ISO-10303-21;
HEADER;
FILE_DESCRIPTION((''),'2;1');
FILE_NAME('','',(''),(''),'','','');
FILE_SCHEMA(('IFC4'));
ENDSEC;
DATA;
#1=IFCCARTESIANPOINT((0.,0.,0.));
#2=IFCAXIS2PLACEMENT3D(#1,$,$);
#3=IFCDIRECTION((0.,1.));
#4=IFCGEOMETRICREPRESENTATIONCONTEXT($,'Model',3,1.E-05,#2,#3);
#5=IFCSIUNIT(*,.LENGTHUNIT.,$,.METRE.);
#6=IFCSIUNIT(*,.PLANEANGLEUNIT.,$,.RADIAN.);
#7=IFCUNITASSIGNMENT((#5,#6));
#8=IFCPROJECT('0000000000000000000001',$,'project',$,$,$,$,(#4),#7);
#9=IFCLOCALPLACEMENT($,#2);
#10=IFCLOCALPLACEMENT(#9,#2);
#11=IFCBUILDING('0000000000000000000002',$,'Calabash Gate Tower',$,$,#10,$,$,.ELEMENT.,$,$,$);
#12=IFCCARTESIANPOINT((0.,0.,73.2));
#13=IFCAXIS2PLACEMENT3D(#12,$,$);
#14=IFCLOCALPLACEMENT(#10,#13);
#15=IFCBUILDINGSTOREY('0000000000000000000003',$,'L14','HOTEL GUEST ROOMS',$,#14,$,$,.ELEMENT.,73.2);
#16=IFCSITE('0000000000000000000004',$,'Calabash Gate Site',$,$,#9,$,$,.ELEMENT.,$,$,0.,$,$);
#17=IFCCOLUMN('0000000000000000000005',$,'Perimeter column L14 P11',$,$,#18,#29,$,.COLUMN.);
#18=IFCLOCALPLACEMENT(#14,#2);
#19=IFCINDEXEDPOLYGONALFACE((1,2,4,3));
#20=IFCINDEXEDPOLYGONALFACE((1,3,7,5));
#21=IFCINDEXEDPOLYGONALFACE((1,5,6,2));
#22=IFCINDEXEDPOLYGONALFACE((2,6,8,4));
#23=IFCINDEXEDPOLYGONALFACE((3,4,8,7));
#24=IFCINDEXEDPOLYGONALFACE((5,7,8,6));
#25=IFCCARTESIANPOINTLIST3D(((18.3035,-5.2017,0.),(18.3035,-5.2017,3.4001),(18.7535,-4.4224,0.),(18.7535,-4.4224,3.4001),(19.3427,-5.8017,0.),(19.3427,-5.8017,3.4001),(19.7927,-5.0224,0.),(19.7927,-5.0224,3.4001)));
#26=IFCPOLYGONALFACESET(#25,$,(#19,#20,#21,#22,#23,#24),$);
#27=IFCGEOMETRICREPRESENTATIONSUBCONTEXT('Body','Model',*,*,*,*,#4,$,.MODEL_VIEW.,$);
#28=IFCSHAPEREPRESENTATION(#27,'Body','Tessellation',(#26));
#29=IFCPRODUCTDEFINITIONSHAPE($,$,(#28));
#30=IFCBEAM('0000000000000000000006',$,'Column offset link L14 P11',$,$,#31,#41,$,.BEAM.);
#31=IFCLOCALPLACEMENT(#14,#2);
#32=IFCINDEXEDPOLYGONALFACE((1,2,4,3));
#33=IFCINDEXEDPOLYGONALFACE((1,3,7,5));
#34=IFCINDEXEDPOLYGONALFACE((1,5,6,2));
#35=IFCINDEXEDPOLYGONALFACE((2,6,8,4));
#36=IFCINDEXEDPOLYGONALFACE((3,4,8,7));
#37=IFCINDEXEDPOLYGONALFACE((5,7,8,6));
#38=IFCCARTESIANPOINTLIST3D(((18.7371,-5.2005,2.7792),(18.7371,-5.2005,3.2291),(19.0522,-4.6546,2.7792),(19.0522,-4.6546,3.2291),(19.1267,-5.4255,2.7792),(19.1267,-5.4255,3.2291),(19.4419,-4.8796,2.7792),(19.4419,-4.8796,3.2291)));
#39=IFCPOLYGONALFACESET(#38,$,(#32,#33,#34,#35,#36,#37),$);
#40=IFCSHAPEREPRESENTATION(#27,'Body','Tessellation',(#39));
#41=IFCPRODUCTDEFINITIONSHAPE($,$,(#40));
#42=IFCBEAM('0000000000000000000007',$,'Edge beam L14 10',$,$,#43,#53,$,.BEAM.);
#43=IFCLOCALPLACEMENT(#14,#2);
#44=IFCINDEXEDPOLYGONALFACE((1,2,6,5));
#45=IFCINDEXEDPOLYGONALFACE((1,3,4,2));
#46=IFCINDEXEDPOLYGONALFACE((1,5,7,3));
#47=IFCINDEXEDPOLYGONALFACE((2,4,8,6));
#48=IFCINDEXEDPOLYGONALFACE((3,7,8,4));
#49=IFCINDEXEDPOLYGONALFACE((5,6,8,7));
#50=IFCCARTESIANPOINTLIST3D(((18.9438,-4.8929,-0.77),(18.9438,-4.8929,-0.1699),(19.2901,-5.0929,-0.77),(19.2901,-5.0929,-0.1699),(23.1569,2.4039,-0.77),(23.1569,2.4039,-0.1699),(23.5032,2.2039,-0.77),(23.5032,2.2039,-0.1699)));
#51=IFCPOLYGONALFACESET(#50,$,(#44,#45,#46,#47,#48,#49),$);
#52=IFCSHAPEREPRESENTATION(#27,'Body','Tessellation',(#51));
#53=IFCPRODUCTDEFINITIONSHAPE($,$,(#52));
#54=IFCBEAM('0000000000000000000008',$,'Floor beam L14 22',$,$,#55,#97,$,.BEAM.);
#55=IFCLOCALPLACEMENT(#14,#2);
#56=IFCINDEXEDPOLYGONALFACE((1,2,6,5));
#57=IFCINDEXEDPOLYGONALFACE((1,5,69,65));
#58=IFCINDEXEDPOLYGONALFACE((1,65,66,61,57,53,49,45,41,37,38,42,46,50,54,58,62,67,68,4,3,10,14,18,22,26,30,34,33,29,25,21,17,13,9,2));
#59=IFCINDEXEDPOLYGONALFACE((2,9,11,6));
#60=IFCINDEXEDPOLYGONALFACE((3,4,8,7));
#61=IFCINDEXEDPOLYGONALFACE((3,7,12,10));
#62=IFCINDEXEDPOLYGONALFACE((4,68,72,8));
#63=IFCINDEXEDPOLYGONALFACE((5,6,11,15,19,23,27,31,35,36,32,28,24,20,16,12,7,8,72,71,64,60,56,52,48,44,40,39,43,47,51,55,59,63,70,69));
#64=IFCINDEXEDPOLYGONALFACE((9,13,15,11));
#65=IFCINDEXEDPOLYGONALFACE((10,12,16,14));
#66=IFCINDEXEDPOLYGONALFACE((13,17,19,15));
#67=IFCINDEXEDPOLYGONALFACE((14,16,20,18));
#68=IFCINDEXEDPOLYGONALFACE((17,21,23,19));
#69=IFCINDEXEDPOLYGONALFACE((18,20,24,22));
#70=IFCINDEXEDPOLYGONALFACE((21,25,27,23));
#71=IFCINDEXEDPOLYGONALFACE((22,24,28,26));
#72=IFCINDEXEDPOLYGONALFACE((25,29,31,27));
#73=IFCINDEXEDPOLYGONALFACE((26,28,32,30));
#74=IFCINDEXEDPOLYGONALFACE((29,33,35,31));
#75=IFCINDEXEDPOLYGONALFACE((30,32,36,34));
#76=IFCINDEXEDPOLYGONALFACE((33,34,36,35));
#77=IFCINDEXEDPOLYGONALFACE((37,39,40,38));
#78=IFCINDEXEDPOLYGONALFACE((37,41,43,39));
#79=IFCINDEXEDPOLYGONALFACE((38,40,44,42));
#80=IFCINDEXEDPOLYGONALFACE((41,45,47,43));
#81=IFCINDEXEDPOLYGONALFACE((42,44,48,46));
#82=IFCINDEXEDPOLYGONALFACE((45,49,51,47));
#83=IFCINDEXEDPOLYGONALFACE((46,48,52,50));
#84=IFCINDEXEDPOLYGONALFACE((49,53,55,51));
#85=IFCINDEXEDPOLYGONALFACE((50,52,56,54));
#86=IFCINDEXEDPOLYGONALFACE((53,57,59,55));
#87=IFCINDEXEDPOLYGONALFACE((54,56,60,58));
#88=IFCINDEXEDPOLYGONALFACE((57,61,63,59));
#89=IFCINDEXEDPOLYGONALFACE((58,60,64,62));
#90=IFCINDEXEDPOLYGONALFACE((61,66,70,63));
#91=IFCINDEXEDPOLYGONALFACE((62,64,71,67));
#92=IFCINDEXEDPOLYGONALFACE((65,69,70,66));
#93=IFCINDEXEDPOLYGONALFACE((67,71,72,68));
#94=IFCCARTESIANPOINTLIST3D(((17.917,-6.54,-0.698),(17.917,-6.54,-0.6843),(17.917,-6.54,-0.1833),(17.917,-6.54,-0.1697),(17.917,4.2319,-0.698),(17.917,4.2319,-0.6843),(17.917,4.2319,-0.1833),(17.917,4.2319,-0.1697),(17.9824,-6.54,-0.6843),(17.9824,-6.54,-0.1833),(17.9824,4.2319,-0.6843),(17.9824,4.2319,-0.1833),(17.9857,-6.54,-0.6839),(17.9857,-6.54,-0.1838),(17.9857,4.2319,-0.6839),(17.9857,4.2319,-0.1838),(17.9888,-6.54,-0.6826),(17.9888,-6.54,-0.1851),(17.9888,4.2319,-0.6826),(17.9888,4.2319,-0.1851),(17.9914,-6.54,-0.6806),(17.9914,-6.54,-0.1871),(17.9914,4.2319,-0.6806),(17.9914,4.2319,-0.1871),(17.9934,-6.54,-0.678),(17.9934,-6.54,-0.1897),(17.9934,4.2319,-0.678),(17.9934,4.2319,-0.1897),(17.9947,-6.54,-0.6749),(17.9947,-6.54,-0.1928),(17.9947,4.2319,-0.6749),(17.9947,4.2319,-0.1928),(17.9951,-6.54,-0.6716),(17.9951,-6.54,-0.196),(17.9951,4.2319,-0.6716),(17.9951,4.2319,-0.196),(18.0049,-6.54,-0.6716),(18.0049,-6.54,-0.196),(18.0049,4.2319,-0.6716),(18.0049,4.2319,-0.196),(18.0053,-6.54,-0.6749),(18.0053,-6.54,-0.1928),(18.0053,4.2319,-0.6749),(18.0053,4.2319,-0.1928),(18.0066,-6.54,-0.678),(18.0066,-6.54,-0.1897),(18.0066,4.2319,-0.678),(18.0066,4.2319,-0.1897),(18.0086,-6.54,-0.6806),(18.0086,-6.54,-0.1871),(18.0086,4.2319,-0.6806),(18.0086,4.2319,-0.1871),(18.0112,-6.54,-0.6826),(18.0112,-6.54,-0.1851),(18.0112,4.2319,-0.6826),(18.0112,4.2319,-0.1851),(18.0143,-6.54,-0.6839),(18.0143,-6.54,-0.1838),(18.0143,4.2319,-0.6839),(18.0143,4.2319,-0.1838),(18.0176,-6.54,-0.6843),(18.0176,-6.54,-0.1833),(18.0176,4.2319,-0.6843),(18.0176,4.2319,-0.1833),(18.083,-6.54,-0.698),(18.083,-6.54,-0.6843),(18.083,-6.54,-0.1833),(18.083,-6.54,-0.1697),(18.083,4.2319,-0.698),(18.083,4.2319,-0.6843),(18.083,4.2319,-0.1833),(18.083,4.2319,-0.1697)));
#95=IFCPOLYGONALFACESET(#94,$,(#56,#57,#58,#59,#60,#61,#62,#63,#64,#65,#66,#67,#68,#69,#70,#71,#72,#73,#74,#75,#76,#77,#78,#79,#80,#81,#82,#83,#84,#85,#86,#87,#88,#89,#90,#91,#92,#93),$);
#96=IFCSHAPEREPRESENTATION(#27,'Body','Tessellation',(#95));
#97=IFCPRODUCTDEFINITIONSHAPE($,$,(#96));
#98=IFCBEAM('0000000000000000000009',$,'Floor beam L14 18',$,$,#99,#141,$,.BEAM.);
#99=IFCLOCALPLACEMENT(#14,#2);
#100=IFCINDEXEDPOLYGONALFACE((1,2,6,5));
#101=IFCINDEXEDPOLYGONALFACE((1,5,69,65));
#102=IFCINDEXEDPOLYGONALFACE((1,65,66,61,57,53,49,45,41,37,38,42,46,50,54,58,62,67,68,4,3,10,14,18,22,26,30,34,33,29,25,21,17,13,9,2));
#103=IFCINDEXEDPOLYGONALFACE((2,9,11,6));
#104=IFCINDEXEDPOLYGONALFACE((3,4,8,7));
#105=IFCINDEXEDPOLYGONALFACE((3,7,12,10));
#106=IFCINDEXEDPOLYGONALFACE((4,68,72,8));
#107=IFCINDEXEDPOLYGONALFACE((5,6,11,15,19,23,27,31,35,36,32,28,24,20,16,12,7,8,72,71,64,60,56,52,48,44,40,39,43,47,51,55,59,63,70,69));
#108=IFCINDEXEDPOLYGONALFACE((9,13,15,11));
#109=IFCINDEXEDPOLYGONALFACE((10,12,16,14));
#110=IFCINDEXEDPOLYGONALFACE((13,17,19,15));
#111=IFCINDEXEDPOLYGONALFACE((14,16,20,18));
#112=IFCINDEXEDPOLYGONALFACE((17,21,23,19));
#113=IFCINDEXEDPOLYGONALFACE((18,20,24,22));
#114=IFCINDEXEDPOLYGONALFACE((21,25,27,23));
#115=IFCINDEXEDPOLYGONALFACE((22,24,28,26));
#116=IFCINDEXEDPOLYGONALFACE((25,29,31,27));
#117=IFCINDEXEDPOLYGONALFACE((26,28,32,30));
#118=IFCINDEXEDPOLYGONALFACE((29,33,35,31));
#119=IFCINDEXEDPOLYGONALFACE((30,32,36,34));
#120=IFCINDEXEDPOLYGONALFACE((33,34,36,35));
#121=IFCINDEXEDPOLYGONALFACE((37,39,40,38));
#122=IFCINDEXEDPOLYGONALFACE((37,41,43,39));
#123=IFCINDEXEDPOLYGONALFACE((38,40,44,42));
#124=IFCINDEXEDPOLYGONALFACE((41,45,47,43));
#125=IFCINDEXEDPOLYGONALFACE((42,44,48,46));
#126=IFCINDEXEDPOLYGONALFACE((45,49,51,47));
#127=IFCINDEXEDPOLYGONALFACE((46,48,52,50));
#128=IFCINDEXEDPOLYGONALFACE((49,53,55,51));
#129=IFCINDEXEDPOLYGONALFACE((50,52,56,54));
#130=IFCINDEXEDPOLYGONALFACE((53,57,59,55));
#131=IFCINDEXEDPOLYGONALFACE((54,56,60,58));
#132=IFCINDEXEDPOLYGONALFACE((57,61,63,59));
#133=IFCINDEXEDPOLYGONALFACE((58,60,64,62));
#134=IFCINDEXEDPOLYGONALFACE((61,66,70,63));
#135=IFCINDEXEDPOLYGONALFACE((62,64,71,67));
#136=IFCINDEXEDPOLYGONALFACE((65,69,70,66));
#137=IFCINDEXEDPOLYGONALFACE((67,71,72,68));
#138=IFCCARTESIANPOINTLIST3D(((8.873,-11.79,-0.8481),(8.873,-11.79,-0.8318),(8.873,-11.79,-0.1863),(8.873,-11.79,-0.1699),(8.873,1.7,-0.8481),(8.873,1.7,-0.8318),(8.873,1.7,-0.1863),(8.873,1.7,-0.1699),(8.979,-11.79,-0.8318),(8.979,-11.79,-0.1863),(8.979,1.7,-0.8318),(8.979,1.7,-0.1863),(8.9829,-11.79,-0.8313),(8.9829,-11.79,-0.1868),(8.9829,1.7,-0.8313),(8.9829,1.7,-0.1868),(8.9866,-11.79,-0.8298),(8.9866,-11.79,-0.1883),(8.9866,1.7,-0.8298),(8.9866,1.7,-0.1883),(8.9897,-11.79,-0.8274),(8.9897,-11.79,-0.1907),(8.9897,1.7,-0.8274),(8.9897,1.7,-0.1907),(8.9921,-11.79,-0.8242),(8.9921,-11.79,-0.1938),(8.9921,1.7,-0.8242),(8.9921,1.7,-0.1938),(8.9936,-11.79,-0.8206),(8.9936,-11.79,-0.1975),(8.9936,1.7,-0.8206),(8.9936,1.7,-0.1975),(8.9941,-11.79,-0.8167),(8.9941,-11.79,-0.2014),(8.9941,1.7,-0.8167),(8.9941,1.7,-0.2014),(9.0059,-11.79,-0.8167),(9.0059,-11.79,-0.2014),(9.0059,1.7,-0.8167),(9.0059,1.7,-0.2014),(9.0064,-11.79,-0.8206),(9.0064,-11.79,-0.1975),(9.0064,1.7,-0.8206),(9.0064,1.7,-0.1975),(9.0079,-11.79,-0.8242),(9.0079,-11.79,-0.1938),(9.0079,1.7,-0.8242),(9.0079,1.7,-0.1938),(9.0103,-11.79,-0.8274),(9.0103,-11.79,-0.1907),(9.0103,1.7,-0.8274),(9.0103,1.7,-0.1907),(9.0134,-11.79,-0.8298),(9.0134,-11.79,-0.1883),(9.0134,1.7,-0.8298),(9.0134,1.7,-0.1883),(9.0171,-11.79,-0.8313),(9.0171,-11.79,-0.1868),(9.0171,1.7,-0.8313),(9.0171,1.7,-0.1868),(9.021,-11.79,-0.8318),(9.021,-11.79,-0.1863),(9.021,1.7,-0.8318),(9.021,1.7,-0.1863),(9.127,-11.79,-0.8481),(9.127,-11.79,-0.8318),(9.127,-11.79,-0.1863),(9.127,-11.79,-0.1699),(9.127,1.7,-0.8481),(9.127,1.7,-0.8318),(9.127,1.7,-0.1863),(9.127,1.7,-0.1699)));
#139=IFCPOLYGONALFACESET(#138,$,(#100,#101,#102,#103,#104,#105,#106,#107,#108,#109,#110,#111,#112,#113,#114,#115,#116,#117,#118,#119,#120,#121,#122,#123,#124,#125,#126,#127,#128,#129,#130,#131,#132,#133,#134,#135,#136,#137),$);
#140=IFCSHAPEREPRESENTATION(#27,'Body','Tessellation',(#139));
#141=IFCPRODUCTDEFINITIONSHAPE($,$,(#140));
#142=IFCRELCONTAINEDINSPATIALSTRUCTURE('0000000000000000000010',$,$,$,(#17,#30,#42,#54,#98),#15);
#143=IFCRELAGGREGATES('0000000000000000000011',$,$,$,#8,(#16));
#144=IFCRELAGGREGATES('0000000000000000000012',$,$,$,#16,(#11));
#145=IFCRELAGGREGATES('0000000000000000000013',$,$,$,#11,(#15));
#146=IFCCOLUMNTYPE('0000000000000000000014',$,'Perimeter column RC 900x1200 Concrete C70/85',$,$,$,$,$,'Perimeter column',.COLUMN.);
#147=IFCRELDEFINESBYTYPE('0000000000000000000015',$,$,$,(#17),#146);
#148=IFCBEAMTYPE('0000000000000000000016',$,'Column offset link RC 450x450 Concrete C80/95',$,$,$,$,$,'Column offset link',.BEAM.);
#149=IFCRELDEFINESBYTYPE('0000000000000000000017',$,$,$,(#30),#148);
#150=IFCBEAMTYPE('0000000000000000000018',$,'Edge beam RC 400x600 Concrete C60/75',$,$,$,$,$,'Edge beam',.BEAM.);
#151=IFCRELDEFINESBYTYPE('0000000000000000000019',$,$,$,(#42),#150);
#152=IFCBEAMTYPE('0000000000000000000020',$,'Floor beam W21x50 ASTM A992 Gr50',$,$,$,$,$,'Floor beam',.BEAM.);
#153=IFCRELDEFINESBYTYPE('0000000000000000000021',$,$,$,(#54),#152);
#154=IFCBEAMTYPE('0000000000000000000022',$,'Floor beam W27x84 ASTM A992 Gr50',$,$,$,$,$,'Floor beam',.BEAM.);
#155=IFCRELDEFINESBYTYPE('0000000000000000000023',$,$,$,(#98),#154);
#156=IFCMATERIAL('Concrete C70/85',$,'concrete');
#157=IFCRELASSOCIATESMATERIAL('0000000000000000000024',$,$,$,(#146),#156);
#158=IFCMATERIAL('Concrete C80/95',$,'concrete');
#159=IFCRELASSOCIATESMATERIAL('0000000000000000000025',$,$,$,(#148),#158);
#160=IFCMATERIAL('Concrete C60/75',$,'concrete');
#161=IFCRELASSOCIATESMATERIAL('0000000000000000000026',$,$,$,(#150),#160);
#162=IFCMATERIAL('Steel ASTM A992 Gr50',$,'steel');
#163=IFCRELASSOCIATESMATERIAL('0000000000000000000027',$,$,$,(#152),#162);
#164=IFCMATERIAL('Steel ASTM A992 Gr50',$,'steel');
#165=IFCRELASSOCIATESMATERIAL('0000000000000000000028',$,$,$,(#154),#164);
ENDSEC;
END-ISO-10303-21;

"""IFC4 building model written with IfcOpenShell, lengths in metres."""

from ifc_helpers import new_model, si_unit, direction, frame, origin, origin_2d, place, context, subcontext, project, spatial, rectangle, i_section, extrude, material, material_profile, profile_set, type_object, element, save


model = new_model("IFC4")

# Units and contexts
model_context = context("Model", 3, precision=1e-05, world=origin(), true_north=direction((0.0, 1.0)))
body_context = subcontext(model_context, "Body", "Model", "MODEL_VIEW")
ifc_project = project(units=[si_unit("LENGTHUNIT", "METRE"), si_unit("PLANEANGLEUNIT", "RADIAN")], contexts=[model_context])

# Site, building, storey
site_placement = place(None, origin())
site = spatial("IfcSite", under=ifc_project, at=site_placement, Name="Calabash Gate Site", CompositionType="ELEMENT", RefElevation=0.0)
building_placement = place(site_placement, origin())
building = spatial("IfcBuilding", under=site, at=building_placement, Name="Calabash Gate Tower", CompositionType="ELEMENT")
storey_placement = place(building_placement, frame((0.0, 0.0, 73.2)))
storey = spatial("IfcBuildingStorey", under=building, at=storey_placement, Name="L14", Description="HOTEL GUEST ROOMS", CompositionType="ELEMENT", Elevation=73.2)

# Column
ifc_material_1 = material(Name="Concrete C70/85", Category="concrete")
ifc_material_profile_1 = material_profile(ifc_material_1, rectangle(XDim=0.8999, YDim=1.2, at=origin_2d()))
ifc_profile_set_1 = profile_set([ifc_material_profile_1], Name="Concrete C70/85")
column_type = type_object("IfcColumnType", Name="Perimeter column RC 900x1200 Concrete C70/85", ElementType="Perimeter column", PredefinedType="COLUMN", material=ifc_profile_set_1)
column_placement = place(storey_placement, frame((19.0481, -5.1121, 0.0), z_axis=(0.0, 0.0, 1.0), x_axis=(0.5, 0.866025, 0.0)))
element("IfcColumn", 1, at=column_placement, inside=storey, type_object=column_type, Name="Perimeter column L14 P11", PredefinedType="COLUMN", context=body_context, shape_type="SweptSolid", body=[
    extrude(rectangle(XDim=0.8999, YDim=1.2, at=origin_2d()), origin(), (0.0, 0.0, 1.0), 3.4001),
])

# Beams
ifc_material_2 = material(Name="Concrete C80/95", Category="concrete")
ifc_material_profile_2 = material_profile(ifc_material_2, rectangle(XDim=0.45, YDim=0.45, at=origin_2d()))
ifc_profile_set_2 = profile_set([ifc_material_profile_2], Name="Concrete C80/95")
beam_type_1 = type_object("IfcBeamType", Name="Column offset link RC 450x450 Concrete C80/95", ElementType="Column offset link", PredefinedType="BEAM", material=ifc_profile_set_2)
beam_1_placement = place(storey_placement, frame((18.9319, -5.313, 3.0042), z_axis=(0.500013, 0.866018, 0.0), x_axis=(-0.866018, 0.500013, 0.0)))
element("IfcBeam", 2, at=beam_1_placement, inside=storey, type_object=beam_type_1, Name="Column offset link L14 P11", PredefinedType="BEAM", context=body_context, shape_type="SweptSolid", body=[
    extrude(rectangle(XDim=0.45, YDim=0.45, at=origin_2d()), origin(), (0.0, 0.0, 1.0), 0.6304),
])
ifc_material_3 = material(Name="Concrete C60/75", Category="concrete")
ifc_material_profile_3 = material_profile(ifc_material_3, rectangle(XDim=0.3999, YDim=0.6001, at=origin_2d()))
ifc_profile_set_3 = profile_set([ifc_material_profile_3], Name="Concrete C60/75")
beam_type_2 = type_object("IfcBeamType", Name="Edge beam RC 400x600 Concrete C60/75", ElementType="Edge beam", PredefinedType="BEAM", material=ifc_profile_set_3)
beam_2_placement = place(storey_placement, frame((19.1169, -4.9929, -0.47), z_axis=(0.500025, 0.866011, 0.0), x_axis=(-0.866011, 0.500025, 0.0)))
element("IfcBeam", 3, at=beam_2_placement, inside=storey, type_object=beam_type_2, Name="Edge beam L14 10", PredefinedType="BEAM", context=body_context, shape_type="SweptSolid", body=[
    extrude(rectangle(XDim=0.3999, YDim=0.6001, at=origin_2d()), origin(), (0.0, 0.0, 1.0), 8.4258),
])
ifc_material_4 = material(Name="Steel ASTM A992 Gr50", Category="steel")
ifc_material_profile_4 = material_profile(ifc_material_4, i_section(OverallWidth=0.166, OverallDepth=0.5283, WebThickness=0.0098, FlangeThickness=0.0137, FilletRadius=0.0127, at=origin_2d()))
ifc_profile_set_4 = profile_set([ifc_material_profile_4], Name="Steel ASTM A992 Gr50")
beam_type_3 = type_object("IfcBeamType", Name="Floor beam W21x50 ASTM A992 Gr50", ElementType="Floor beam", PredefinedType="BEAM", material=ifc_profile_set_4)
beam_3_placement = place(storey_placement, frame((18.0, -6.54, -0.4338), z_axis=(0.0, 1.0, 0.0), x_axis=(-1.0, 0.0, 0.0)))
element("IfcBeam", 4, at=beam_3_placement, inside=storey, type_object=beam_type_3, Name="Floor beam L14 22", PredefinedType="BEAM", context=body_context, shape_type="SweptSolid", body=[
    extrude(i_section(OverallWidth=0.166, OverallDepth=0.5283, WebThickness=0.0098, FlangeThickness=0.0137, FilletRadius=0.0127, at=origin_2d()), origin(), (0.0, 0.0, 1.0), 10.772),
])
ifc_material_5 = material(Name="Steel ASTM A992 Gr50", Category="steel")
ifc_material_profile_5 = material_profile(ifc_material_5, i_section(OverallWidth=0.2539, OverallDepth=0.6782, WebThickness=0.0117, FlangeThickness=0.0164, FilletRadius=0.0151, at=origin_2d()))
ifc_profile_set_5 = profile_set([ifc_material_profile_5], Name="Steel ASTM A992 Gr50")
beam_type_4 = type_object("IfcBeamType", Name="Floor beam W27x84 ASTM A992 Gr50", ElementType="Floor beam", PredefinedType="BEAM", material=ifc_profile_set_5)
beam_4_placement = place(storey_placement, frame((9.0, -11.79, -0.509), z_axis=(0.0, 1.0, 0.0), x_axis=(-1.0, 0.0, 0.0)))
element("IfcBeam", 5, at=beam_4_placement, inside=storey, type_object=beam_type_4, Name="Floor beam L14 18", PredefinedType="BEAM", context=body_context, shape_type="SweptSolid", body=[
    extrude(i_section(OverallWidth=0.2539, OverallDepth=0.6782, WebThickness=0.0117, FlangeThickness=0.0164, FilletRadius=0.0151, at=origin_2d()), origin(), (0.0, 0.0, 1.0), 13.49),
])

save(model, "model.ifc")
